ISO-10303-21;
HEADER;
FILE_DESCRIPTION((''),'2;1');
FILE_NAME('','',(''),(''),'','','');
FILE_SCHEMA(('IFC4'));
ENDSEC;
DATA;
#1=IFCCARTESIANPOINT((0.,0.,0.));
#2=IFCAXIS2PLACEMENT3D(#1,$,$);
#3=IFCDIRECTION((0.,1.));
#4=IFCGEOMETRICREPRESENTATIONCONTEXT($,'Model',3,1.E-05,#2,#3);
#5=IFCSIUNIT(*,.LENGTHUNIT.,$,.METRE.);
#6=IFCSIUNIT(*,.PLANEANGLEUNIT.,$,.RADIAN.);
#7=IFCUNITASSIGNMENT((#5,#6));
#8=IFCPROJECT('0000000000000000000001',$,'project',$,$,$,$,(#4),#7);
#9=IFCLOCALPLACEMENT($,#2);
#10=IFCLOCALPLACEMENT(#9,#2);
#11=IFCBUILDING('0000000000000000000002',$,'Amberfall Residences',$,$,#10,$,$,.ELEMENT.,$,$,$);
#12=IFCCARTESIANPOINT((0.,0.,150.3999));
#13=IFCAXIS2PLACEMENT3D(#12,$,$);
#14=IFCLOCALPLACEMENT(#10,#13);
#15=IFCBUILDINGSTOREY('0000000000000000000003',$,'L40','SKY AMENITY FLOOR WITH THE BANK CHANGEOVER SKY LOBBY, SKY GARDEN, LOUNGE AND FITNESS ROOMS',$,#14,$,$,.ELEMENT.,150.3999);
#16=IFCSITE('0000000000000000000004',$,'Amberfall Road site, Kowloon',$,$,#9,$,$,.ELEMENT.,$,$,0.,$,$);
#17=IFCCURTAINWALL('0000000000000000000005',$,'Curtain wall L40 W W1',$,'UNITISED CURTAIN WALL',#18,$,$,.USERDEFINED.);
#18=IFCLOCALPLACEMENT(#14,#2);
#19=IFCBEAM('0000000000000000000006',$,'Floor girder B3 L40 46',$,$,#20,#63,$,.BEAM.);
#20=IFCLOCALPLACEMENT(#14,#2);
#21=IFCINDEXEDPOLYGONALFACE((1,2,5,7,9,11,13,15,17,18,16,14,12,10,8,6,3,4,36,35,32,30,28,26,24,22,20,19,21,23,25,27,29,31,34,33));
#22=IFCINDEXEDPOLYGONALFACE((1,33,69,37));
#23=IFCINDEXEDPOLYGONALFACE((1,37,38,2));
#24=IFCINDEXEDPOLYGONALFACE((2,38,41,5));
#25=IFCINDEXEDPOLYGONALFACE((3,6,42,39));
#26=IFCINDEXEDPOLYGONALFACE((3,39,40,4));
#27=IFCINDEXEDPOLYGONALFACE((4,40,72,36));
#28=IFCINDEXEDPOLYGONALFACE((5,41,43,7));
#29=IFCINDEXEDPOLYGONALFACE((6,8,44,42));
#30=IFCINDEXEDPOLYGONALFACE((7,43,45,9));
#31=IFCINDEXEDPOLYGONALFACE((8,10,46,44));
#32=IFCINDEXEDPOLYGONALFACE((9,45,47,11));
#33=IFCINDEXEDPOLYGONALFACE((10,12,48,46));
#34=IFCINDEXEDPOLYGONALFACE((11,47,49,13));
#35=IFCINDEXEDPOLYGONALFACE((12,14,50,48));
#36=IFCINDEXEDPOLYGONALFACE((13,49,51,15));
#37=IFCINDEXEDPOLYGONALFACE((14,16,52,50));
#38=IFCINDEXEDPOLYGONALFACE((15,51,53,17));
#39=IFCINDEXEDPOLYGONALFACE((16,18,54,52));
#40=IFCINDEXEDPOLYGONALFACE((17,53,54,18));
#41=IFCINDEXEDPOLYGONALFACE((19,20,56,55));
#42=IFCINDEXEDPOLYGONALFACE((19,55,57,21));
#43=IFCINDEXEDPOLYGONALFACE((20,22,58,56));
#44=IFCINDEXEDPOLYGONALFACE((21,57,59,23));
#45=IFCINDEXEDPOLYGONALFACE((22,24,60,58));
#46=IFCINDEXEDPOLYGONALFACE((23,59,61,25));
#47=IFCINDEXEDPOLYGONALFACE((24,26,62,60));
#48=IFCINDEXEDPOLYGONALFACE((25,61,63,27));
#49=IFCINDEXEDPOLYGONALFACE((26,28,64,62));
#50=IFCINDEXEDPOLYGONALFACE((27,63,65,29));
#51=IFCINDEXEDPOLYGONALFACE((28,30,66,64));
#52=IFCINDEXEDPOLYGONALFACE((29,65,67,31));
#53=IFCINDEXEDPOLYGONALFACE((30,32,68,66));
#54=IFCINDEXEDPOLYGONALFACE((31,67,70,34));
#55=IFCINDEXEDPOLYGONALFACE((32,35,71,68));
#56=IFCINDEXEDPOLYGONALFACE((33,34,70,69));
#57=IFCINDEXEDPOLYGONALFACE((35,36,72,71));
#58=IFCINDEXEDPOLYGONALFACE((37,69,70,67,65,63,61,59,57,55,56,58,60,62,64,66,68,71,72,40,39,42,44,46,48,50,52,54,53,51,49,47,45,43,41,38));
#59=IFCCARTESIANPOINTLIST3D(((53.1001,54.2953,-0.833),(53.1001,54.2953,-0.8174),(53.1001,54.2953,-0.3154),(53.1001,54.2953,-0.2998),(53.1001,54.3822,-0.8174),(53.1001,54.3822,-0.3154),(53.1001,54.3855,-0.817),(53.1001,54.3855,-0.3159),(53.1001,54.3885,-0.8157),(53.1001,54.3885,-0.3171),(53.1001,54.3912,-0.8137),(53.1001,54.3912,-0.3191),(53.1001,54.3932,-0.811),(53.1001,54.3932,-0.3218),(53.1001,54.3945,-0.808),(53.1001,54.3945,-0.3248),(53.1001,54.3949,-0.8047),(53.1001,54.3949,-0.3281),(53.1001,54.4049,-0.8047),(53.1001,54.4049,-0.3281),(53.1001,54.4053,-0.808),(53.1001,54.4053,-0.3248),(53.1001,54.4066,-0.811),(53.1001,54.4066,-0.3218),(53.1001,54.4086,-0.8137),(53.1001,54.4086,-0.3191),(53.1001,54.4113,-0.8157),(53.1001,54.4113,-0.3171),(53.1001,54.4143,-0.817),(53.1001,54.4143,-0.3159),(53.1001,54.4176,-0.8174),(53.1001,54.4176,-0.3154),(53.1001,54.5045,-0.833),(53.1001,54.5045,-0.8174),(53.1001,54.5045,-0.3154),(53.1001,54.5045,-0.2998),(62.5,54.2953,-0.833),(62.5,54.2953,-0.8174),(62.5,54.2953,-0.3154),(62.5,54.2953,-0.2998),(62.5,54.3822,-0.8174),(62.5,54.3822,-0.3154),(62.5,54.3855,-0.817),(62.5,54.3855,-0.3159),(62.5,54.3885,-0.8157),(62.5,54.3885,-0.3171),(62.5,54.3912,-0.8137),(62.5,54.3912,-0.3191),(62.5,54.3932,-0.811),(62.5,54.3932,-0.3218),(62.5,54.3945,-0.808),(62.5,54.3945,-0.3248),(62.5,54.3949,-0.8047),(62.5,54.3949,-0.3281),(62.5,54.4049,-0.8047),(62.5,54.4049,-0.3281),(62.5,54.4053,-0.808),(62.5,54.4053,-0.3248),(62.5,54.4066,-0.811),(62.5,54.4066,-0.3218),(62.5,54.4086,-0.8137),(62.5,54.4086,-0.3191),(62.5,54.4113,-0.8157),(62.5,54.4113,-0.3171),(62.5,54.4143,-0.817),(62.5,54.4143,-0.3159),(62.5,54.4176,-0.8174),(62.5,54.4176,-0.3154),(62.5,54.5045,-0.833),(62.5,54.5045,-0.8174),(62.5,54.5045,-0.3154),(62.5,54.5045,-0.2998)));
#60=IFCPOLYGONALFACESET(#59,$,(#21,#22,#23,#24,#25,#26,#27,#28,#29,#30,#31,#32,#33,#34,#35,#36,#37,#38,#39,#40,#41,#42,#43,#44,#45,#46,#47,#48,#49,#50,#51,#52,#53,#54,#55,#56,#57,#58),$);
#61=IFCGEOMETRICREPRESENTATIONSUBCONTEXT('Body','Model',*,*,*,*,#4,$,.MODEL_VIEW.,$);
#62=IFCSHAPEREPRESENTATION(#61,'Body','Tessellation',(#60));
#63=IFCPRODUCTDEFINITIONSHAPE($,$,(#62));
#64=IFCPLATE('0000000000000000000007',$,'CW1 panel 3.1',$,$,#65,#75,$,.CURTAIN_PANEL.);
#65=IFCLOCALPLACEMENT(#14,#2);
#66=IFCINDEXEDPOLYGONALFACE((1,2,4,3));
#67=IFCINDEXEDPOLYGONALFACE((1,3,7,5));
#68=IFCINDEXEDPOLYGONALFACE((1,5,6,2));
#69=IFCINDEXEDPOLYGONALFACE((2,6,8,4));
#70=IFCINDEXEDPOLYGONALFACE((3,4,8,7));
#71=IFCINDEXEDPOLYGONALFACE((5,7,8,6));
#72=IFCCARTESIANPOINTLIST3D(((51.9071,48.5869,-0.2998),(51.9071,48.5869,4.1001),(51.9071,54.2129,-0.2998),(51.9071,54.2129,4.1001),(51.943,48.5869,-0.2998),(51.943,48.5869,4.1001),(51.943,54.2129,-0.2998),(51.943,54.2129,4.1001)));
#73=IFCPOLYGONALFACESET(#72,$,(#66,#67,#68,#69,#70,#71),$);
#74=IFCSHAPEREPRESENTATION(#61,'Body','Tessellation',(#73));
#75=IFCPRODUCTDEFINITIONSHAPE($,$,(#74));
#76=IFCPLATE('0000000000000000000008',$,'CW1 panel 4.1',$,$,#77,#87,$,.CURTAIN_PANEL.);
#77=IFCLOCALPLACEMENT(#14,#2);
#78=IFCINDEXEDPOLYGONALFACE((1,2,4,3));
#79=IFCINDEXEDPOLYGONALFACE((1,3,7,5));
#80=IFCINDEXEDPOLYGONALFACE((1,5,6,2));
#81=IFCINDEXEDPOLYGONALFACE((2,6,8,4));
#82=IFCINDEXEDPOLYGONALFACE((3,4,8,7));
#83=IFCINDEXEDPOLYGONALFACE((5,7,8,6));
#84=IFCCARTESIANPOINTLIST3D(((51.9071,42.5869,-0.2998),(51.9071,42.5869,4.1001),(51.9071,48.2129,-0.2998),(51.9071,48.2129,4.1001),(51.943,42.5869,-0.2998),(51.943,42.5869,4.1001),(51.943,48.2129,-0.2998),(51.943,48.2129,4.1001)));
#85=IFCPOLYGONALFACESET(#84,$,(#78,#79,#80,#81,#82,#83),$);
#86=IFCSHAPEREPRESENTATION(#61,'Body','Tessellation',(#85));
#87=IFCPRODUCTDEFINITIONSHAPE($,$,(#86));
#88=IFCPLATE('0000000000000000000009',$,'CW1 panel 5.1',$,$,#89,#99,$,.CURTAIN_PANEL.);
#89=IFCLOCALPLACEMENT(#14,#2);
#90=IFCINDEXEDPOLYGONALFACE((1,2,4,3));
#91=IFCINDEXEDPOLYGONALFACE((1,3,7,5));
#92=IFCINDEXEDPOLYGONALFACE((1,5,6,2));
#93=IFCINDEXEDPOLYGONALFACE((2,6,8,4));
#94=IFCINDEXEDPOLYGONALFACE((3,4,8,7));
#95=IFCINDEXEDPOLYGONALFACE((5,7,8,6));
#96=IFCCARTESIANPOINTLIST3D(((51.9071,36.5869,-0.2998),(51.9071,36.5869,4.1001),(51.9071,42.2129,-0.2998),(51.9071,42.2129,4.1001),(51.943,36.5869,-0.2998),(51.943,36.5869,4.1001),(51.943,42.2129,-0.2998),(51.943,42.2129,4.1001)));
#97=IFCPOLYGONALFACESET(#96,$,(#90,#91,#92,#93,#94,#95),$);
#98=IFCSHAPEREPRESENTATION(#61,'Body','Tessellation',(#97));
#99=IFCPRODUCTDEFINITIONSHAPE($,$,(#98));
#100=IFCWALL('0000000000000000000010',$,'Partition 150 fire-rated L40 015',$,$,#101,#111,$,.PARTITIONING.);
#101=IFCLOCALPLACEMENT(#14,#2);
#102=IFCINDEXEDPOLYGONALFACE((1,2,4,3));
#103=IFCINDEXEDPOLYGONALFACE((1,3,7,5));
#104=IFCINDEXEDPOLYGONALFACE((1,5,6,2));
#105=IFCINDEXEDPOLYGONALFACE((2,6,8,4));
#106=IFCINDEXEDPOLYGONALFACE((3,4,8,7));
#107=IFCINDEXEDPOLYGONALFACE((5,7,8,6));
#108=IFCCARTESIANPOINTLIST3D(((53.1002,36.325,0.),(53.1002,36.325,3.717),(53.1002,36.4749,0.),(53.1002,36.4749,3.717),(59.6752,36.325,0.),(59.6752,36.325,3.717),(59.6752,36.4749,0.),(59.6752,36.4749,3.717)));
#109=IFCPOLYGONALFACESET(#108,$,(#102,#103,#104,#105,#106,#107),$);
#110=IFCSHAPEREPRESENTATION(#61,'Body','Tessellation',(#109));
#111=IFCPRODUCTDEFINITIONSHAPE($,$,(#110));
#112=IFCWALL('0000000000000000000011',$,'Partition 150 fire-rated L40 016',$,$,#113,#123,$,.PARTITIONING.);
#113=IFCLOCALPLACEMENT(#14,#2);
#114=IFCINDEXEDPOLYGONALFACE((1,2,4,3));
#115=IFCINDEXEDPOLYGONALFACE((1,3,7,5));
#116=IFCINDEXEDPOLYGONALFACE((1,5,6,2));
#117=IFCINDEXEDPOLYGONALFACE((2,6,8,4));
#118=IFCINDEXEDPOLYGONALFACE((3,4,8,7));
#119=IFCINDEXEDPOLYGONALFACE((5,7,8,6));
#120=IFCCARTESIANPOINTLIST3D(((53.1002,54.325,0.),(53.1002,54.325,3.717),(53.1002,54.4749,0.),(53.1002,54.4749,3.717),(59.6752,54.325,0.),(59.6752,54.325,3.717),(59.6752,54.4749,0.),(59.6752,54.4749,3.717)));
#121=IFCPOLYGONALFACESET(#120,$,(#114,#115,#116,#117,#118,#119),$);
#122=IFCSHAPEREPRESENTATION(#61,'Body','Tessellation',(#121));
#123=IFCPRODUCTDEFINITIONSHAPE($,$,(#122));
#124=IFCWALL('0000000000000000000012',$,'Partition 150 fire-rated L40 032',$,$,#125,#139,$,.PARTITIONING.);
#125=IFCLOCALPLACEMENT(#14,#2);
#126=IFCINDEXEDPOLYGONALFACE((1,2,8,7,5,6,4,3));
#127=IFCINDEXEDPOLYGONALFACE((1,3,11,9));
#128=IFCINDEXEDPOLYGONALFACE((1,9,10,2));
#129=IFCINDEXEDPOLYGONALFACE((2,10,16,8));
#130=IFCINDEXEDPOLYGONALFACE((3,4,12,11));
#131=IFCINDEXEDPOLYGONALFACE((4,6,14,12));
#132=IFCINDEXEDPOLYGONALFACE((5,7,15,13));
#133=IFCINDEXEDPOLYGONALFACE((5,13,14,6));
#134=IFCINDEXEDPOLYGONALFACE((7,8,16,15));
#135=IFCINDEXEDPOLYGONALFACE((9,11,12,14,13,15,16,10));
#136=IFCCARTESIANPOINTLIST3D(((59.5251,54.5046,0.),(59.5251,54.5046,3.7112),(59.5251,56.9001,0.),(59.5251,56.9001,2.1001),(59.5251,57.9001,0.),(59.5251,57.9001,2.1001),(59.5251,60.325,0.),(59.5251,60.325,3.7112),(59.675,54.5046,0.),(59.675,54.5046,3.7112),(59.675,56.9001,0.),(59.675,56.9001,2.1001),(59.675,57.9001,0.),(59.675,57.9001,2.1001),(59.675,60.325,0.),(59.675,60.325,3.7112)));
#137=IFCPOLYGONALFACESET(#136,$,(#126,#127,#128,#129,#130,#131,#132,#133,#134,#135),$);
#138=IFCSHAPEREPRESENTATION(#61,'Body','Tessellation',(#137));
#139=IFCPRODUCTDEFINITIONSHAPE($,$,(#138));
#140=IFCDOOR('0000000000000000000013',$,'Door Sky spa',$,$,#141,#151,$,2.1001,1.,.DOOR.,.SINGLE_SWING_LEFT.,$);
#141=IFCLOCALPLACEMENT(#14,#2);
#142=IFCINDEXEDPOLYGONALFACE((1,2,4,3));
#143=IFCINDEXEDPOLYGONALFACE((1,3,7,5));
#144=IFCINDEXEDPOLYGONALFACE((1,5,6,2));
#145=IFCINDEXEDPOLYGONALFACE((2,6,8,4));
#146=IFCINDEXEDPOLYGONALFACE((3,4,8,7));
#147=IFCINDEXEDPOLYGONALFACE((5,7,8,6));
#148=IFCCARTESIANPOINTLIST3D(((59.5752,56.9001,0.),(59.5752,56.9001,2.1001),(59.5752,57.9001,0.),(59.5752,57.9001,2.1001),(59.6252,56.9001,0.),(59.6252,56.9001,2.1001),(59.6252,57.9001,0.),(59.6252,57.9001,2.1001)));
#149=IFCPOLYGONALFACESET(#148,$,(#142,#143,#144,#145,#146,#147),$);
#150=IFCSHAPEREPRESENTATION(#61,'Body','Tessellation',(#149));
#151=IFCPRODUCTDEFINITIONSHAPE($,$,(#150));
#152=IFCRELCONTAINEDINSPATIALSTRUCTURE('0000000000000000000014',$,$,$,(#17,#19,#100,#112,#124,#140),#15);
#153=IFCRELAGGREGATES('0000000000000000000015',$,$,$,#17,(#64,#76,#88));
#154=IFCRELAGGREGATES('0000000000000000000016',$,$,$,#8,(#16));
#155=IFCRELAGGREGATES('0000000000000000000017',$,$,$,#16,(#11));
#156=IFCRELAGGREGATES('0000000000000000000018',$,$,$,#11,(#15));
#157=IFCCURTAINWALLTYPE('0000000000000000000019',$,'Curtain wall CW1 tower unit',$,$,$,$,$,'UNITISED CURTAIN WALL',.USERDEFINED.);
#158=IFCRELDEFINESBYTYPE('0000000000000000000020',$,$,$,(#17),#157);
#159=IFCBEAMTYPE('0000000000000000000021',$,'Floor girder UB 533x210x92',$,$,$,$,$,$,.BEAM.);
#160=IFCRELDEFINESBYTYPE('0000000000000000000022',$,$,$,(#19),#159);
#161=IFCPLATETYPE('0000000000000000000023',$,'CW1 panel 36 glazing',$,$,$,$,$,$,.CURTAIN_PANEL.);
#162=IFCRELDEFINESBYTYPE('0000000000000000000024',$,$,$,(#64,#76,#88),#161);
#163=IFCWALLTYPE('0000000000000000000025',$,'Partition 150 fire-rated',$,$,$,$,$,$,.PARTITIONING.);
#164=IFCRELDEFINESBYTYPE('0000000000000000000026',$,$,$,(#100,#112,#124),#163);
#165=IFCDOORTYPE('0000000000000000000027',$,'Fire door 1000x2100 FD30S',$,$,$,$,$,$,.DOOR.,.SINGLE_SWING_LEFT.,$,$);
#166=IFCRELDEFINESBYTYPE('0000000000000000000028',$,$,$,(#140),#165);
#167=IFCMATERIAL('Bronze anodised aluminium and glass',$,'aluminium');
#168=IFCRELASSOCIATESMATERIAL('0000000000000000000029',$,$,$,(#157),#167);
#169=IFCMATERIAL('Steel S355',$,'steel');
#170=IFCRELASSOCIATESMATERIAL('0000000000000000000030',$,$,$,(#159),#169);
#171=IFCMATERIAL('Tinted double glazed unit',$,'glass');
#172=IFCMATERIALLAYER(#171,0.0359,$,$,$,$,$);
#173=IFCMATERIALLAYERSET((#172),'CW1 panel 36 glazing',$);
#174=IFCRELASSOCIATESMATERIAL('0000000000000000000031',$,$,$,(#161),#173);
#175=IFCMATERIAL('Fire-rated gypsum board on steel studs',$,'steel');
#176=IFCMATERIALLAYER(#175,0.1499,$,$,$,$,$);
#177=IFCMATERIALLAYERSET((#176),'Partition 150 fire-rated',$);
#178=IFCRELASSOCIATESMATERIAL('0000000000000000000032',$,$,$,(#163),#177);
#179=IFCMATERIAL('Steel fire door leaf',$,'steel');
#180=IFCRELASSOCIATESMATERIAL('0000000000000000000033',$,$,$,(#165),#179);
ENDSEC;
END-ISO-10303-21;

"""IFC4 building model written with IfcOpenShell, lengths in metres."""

from ifc_helpers import new_model, si_unit, direction, frame, frame_2d, origin, origin_2d, place, context, subcontext, project, spatial, rectangle, i_section, extrude, material, layer, layer_set, material_profile, profile_set, type_object, element, fill, aggregate, save


model = new_model("IFC4")

# Units and contexts
model_context = context("Model", 3, precision=1e-05, world=origin(), true_north=direction((0.0, 1.0)))
body_context = subcontext(model_context, "Body", "Model", "MODEL_VIEW")
ifc_project = project(units=[si_unit("LENGTHUNIT", "METRE"), si_unit("PLANEANGLEUNIT", "RADIAN")], contexts=[model_context])

# Site, building, storey
site_placement = place(None, origin())
site = spatial("IfcSite", under=ifc_project, at=site_placement, Name="Amberfall Road site, Kowloon", CompositionType="ELEMENT", RefElevation=0.0)
building_placement = place(site_placement, origin())
building = spatial("IfcBuilding", under=site, at=building_placement, Name="Amberfall Residences", CompositionType="ELEMENT")
storey_placement = place(building_placement, frame((0.0, 0.0, 150.3999)))
storey = spatial("IfcBuildingStorey", under=building, at=storey_placement, Name="L40", Description="SKY AMENITY FLOOR WITH THE BANK CHANGEOVER SKY LOBBY, SKY GARDEN, LOUNGE AND FITNESS ROOMS", CompositionType="ELEMENT", Elevation=150.3999)

# Curtain wall
ifc_material_1 = material(Name="Bronze anodised aluminium and glass", Category="aluminium")
curtain_wall_type = type_object("IfcCurtainWallType", Name="Curtain wall CW1 tower unit", ElementType="UNITISED CURTAIN WALL", PredefinedType="USERDEFINED", material=ifc_material_1)
curtain_wall_placement = place(storey_placement, origin())
curtain_wall = element("IfcCurtainWall", 1, at=curtain_wall_placement, inside=storey, type_object=curtain_wall_type, Name="Curtain wall L40 W W1", ObjectType="UNITISED CURTAIN WALL", PredefinedType="USERDEFINED")

# Shared definitions
ifc_material_2 = material(Name="Steel S355", Category="steel")

# Beam
ifc_material_profile_1 = material_profile(ifc_material_2, i_section(OverallWidth=0.2092, OverallDepth=0.5332, WebThickness=0.01, FlangeThickness=0.0156, FilletRadius=0.0127, at=origin_2d()), Name="UB 533x210x92")
ifc_profile_set_1 = profile_set([ifc_material_profile_1], Name="Steel S355")
beam_type_1 = type_object("IfcBeamType", Name="Floor girder UB 533x210x92", PredefinedType="BEAM", material=ifc_profile_set_1)
for number, where, z_axis, x_axis, name in (
    (2, (53.1001, 54.3999, -0.5664), (1.0, 0.0, 0.0), (0.0, 1.0, 0.0), "Floor girder B3 L40 46"),
):
    element("IfcBeam", number, at=place(storey_placement, frame(where, z_axis=z_axis, x_axis=x_axis)), inside=storey, type_object=beam_type_1, Name=name, PredefinedType="BEAM", context=body_context, shape_type="SweptSolid", body=[
        extrude(i_section(OverallWidth=0.2092, OverallDepth=0.5332, WebThickness=0.01, FlangeThickness=0.0156, FilletRadius=0.0127, at=origin_2d()), origin(), (0.0, 0.0, 1.0), 9.3999),
    ])

# Plates
ifc_material_3 = material(Name="Tinted double glazed unit", Category="glass")
ifc_layer_1 = layer(ifc_material_3, 0.0359)
ifc_layer_set_1 = layer_set([ifc_layer_1], Name="CW1 panel 36 glazing")
plate_type = type_object("IfcPlateType", Name="CW1 panel 36 glazing", PredefinedType="CURTAIN_PANEL", material=ifc_layer_set_1)
plate_1_placement = place(storey_placement, frame((51.925, 51.3999, -0.2998), z_axis=(0.0, 0.0, 1.0), x_axis=(0.0, -1.0, 0.0)))
plate_1 = element("IfcPlate", 3, at=plate_1_placement, type_object=plate_type, Name="CW1 panel 3.1", PredefinedType="CURTAIN_PANEL", context=body_context, shape_type="SweptSolid", body=[
    extrude(rectangle(XDim=5.626, YDim=0.0359, at=origin_2d()), origin(), (0.0, 0.0, 1.0), 4.3999),
])
plate_2_placement = place(storey_placement, frame((51.925, 45.3999, -0.2998), z_axis=(0.0, 0.0, 1.0), x_axis=(0.0, -1.0, 0.0)))
plate_2 = element("IfcPlate", 4, at=plate_2_placement, type_object=plate_type, Name="CW1 panel 4.1", PredefinedType="CURTAIN_PANEL", context=body_context, shape_type="SweptSolid", body=[
    extrude(rectangle(XDim=5.626, YDim=0.0359, at=origin_2d()), origin(), (0.0, 0.0, 1.0), 4.3999),
])
plate_3_placement = place(storey_placement, frame((51.925, 39.3999, -0.2998), z_axis=(0.0, 0.0, 1.0), x_axis=(0.0, -1.0, 0.0)))
plate_3 = element("IfcPlate", 5, at=plate_3_placement, type_object=plate_type, Name="CW1 panel 5.1", PredefinedType="CURTAIN_PANEL", context=body_context, shape_type="SweptSolid", body=[
    extrude(rectangle(XDim=5.626, YDim=0.0359, at=origin_2d()), origin(), (0.0, 0.0, 1.0), 4.3999),
])
aggregate(curtain_wall, [plate_1, plate_2, plate_3])

# Walls
ifc_material_4 = material(Name="Fire-rated gypsum board on steel studs", Category="steel")
ifc_layer_2 = layer(ifc_material_4, 0.1499)
ifc_layer_set_2 = layer_set([ifc_layer_2], Name="Partition 150 fire-rated")
wall_type = type_object("IfcWallType", Name="Partition 150 fire-rated", PredefinedType="PARTITIONING", material=ifc_layer_set_2)
for number, where, z_axis, x_axis, name in (
    (6, (53.1001, 36.3999, 0.0), (0.0, 0.0, 1.0), (1.0, 0.0, 0.0), "Partition 150 fire-rated L40 015"),
    (7, (53.1001, 54.3999, 0.0), (0.0, 0.0, 1.0), (1.0, 0.0, 0.0), "Partition 150 fire-rated L40 016"),
):
    element("IfcWall", number, at=place(storey_placement, frame(where, z_axis=z_axis, x_axis=x_axis)), inside=storey, type_object=wall_type, Name=name, PredefinedType="PARTITIONING", context=body_context, shape_type="SweptSolid", body=[
        extrude(rectangle(XDim=6.575, YDim=0.1499, at=frame_2d((3.2876, 0.0))), origin(), (0.0, 0.0, 1.0), 3.717),
    ])

# Wall, opening, door
wall_placement = place(storey_placement, frame((59.6001, 54.5046, 0.0), z_axis=(0.0, 0.0, 1.0), x_axis=(0.0, 1.0, 0.0)))
wall = element("IfcWall", 8, at=wall_placement, inside=storey, type_object=wall_type, Name="Partition 150 fire-rated L40 032", PredefinedType="PARTITIONING", context=body_context, shape_type="SweptSolid", body=[
    extrude(rectangle(XDim=5.8203, YDim=0.1499, at=frame_2d((2.9102, 0.0))), origin(), (0.0, 0.0, 1.0), 3.7112),
])
opening_placement = place(wall_placement, frame((2.3955, 0.0, 0.0)))
opening = element("IfcOpeningElement", 9, at=opening_placement, cuts=wall, PredefinedType="OPENING", context=body_context, shape_type="SweptSolid", body=[
    extrude(rectangle(XDim=1.0, YDim=2.1001, at=frame_2d((0.5, 1.05))), frame((0.0, 0.085, 0.0), z_axis=(0.0, -1.0, 0.0), x_axis=(1.0, 0.0, 0.0)), (0.0, 0.0, 1.0), 0.1699),
])
ifc_material_5 = material(Name="Steel fire door leaf", Category="steel")
door_type = type_object("IfcDoorType", Name="Fire door 1000x2100 FD30S", OperationType="SINGLE_SWING_LEFT", PredefinedType="DOOR", material=ifc_material_5)
door_placement = place(opening_placement, origin())
door = element("IfcDoor", 10, at=door_placement, inside=storey, type_object=door_type, Name="Door Sky spa", OperationType="SINGLE_SWING_LEFT", OverallHeight=2.1001, OverallWidth=1.0, PredefinedType="DOOR", context=body_context, shape_type="SweptSolid", body=[
    extrude(rectangle(XDim=1.0, YDim=2.1001, at=frame_2d((0.5, 1.05))), frame((0.0, 0.0249, 0.0), z_axis=(0.0, -1.0, 0.0), x_axis=(1.0, 0.0, 0.0)), (0.0, 0.0, 1.0), 0.05),
])
fill(opening, door)

save(model, "model.ifc")
